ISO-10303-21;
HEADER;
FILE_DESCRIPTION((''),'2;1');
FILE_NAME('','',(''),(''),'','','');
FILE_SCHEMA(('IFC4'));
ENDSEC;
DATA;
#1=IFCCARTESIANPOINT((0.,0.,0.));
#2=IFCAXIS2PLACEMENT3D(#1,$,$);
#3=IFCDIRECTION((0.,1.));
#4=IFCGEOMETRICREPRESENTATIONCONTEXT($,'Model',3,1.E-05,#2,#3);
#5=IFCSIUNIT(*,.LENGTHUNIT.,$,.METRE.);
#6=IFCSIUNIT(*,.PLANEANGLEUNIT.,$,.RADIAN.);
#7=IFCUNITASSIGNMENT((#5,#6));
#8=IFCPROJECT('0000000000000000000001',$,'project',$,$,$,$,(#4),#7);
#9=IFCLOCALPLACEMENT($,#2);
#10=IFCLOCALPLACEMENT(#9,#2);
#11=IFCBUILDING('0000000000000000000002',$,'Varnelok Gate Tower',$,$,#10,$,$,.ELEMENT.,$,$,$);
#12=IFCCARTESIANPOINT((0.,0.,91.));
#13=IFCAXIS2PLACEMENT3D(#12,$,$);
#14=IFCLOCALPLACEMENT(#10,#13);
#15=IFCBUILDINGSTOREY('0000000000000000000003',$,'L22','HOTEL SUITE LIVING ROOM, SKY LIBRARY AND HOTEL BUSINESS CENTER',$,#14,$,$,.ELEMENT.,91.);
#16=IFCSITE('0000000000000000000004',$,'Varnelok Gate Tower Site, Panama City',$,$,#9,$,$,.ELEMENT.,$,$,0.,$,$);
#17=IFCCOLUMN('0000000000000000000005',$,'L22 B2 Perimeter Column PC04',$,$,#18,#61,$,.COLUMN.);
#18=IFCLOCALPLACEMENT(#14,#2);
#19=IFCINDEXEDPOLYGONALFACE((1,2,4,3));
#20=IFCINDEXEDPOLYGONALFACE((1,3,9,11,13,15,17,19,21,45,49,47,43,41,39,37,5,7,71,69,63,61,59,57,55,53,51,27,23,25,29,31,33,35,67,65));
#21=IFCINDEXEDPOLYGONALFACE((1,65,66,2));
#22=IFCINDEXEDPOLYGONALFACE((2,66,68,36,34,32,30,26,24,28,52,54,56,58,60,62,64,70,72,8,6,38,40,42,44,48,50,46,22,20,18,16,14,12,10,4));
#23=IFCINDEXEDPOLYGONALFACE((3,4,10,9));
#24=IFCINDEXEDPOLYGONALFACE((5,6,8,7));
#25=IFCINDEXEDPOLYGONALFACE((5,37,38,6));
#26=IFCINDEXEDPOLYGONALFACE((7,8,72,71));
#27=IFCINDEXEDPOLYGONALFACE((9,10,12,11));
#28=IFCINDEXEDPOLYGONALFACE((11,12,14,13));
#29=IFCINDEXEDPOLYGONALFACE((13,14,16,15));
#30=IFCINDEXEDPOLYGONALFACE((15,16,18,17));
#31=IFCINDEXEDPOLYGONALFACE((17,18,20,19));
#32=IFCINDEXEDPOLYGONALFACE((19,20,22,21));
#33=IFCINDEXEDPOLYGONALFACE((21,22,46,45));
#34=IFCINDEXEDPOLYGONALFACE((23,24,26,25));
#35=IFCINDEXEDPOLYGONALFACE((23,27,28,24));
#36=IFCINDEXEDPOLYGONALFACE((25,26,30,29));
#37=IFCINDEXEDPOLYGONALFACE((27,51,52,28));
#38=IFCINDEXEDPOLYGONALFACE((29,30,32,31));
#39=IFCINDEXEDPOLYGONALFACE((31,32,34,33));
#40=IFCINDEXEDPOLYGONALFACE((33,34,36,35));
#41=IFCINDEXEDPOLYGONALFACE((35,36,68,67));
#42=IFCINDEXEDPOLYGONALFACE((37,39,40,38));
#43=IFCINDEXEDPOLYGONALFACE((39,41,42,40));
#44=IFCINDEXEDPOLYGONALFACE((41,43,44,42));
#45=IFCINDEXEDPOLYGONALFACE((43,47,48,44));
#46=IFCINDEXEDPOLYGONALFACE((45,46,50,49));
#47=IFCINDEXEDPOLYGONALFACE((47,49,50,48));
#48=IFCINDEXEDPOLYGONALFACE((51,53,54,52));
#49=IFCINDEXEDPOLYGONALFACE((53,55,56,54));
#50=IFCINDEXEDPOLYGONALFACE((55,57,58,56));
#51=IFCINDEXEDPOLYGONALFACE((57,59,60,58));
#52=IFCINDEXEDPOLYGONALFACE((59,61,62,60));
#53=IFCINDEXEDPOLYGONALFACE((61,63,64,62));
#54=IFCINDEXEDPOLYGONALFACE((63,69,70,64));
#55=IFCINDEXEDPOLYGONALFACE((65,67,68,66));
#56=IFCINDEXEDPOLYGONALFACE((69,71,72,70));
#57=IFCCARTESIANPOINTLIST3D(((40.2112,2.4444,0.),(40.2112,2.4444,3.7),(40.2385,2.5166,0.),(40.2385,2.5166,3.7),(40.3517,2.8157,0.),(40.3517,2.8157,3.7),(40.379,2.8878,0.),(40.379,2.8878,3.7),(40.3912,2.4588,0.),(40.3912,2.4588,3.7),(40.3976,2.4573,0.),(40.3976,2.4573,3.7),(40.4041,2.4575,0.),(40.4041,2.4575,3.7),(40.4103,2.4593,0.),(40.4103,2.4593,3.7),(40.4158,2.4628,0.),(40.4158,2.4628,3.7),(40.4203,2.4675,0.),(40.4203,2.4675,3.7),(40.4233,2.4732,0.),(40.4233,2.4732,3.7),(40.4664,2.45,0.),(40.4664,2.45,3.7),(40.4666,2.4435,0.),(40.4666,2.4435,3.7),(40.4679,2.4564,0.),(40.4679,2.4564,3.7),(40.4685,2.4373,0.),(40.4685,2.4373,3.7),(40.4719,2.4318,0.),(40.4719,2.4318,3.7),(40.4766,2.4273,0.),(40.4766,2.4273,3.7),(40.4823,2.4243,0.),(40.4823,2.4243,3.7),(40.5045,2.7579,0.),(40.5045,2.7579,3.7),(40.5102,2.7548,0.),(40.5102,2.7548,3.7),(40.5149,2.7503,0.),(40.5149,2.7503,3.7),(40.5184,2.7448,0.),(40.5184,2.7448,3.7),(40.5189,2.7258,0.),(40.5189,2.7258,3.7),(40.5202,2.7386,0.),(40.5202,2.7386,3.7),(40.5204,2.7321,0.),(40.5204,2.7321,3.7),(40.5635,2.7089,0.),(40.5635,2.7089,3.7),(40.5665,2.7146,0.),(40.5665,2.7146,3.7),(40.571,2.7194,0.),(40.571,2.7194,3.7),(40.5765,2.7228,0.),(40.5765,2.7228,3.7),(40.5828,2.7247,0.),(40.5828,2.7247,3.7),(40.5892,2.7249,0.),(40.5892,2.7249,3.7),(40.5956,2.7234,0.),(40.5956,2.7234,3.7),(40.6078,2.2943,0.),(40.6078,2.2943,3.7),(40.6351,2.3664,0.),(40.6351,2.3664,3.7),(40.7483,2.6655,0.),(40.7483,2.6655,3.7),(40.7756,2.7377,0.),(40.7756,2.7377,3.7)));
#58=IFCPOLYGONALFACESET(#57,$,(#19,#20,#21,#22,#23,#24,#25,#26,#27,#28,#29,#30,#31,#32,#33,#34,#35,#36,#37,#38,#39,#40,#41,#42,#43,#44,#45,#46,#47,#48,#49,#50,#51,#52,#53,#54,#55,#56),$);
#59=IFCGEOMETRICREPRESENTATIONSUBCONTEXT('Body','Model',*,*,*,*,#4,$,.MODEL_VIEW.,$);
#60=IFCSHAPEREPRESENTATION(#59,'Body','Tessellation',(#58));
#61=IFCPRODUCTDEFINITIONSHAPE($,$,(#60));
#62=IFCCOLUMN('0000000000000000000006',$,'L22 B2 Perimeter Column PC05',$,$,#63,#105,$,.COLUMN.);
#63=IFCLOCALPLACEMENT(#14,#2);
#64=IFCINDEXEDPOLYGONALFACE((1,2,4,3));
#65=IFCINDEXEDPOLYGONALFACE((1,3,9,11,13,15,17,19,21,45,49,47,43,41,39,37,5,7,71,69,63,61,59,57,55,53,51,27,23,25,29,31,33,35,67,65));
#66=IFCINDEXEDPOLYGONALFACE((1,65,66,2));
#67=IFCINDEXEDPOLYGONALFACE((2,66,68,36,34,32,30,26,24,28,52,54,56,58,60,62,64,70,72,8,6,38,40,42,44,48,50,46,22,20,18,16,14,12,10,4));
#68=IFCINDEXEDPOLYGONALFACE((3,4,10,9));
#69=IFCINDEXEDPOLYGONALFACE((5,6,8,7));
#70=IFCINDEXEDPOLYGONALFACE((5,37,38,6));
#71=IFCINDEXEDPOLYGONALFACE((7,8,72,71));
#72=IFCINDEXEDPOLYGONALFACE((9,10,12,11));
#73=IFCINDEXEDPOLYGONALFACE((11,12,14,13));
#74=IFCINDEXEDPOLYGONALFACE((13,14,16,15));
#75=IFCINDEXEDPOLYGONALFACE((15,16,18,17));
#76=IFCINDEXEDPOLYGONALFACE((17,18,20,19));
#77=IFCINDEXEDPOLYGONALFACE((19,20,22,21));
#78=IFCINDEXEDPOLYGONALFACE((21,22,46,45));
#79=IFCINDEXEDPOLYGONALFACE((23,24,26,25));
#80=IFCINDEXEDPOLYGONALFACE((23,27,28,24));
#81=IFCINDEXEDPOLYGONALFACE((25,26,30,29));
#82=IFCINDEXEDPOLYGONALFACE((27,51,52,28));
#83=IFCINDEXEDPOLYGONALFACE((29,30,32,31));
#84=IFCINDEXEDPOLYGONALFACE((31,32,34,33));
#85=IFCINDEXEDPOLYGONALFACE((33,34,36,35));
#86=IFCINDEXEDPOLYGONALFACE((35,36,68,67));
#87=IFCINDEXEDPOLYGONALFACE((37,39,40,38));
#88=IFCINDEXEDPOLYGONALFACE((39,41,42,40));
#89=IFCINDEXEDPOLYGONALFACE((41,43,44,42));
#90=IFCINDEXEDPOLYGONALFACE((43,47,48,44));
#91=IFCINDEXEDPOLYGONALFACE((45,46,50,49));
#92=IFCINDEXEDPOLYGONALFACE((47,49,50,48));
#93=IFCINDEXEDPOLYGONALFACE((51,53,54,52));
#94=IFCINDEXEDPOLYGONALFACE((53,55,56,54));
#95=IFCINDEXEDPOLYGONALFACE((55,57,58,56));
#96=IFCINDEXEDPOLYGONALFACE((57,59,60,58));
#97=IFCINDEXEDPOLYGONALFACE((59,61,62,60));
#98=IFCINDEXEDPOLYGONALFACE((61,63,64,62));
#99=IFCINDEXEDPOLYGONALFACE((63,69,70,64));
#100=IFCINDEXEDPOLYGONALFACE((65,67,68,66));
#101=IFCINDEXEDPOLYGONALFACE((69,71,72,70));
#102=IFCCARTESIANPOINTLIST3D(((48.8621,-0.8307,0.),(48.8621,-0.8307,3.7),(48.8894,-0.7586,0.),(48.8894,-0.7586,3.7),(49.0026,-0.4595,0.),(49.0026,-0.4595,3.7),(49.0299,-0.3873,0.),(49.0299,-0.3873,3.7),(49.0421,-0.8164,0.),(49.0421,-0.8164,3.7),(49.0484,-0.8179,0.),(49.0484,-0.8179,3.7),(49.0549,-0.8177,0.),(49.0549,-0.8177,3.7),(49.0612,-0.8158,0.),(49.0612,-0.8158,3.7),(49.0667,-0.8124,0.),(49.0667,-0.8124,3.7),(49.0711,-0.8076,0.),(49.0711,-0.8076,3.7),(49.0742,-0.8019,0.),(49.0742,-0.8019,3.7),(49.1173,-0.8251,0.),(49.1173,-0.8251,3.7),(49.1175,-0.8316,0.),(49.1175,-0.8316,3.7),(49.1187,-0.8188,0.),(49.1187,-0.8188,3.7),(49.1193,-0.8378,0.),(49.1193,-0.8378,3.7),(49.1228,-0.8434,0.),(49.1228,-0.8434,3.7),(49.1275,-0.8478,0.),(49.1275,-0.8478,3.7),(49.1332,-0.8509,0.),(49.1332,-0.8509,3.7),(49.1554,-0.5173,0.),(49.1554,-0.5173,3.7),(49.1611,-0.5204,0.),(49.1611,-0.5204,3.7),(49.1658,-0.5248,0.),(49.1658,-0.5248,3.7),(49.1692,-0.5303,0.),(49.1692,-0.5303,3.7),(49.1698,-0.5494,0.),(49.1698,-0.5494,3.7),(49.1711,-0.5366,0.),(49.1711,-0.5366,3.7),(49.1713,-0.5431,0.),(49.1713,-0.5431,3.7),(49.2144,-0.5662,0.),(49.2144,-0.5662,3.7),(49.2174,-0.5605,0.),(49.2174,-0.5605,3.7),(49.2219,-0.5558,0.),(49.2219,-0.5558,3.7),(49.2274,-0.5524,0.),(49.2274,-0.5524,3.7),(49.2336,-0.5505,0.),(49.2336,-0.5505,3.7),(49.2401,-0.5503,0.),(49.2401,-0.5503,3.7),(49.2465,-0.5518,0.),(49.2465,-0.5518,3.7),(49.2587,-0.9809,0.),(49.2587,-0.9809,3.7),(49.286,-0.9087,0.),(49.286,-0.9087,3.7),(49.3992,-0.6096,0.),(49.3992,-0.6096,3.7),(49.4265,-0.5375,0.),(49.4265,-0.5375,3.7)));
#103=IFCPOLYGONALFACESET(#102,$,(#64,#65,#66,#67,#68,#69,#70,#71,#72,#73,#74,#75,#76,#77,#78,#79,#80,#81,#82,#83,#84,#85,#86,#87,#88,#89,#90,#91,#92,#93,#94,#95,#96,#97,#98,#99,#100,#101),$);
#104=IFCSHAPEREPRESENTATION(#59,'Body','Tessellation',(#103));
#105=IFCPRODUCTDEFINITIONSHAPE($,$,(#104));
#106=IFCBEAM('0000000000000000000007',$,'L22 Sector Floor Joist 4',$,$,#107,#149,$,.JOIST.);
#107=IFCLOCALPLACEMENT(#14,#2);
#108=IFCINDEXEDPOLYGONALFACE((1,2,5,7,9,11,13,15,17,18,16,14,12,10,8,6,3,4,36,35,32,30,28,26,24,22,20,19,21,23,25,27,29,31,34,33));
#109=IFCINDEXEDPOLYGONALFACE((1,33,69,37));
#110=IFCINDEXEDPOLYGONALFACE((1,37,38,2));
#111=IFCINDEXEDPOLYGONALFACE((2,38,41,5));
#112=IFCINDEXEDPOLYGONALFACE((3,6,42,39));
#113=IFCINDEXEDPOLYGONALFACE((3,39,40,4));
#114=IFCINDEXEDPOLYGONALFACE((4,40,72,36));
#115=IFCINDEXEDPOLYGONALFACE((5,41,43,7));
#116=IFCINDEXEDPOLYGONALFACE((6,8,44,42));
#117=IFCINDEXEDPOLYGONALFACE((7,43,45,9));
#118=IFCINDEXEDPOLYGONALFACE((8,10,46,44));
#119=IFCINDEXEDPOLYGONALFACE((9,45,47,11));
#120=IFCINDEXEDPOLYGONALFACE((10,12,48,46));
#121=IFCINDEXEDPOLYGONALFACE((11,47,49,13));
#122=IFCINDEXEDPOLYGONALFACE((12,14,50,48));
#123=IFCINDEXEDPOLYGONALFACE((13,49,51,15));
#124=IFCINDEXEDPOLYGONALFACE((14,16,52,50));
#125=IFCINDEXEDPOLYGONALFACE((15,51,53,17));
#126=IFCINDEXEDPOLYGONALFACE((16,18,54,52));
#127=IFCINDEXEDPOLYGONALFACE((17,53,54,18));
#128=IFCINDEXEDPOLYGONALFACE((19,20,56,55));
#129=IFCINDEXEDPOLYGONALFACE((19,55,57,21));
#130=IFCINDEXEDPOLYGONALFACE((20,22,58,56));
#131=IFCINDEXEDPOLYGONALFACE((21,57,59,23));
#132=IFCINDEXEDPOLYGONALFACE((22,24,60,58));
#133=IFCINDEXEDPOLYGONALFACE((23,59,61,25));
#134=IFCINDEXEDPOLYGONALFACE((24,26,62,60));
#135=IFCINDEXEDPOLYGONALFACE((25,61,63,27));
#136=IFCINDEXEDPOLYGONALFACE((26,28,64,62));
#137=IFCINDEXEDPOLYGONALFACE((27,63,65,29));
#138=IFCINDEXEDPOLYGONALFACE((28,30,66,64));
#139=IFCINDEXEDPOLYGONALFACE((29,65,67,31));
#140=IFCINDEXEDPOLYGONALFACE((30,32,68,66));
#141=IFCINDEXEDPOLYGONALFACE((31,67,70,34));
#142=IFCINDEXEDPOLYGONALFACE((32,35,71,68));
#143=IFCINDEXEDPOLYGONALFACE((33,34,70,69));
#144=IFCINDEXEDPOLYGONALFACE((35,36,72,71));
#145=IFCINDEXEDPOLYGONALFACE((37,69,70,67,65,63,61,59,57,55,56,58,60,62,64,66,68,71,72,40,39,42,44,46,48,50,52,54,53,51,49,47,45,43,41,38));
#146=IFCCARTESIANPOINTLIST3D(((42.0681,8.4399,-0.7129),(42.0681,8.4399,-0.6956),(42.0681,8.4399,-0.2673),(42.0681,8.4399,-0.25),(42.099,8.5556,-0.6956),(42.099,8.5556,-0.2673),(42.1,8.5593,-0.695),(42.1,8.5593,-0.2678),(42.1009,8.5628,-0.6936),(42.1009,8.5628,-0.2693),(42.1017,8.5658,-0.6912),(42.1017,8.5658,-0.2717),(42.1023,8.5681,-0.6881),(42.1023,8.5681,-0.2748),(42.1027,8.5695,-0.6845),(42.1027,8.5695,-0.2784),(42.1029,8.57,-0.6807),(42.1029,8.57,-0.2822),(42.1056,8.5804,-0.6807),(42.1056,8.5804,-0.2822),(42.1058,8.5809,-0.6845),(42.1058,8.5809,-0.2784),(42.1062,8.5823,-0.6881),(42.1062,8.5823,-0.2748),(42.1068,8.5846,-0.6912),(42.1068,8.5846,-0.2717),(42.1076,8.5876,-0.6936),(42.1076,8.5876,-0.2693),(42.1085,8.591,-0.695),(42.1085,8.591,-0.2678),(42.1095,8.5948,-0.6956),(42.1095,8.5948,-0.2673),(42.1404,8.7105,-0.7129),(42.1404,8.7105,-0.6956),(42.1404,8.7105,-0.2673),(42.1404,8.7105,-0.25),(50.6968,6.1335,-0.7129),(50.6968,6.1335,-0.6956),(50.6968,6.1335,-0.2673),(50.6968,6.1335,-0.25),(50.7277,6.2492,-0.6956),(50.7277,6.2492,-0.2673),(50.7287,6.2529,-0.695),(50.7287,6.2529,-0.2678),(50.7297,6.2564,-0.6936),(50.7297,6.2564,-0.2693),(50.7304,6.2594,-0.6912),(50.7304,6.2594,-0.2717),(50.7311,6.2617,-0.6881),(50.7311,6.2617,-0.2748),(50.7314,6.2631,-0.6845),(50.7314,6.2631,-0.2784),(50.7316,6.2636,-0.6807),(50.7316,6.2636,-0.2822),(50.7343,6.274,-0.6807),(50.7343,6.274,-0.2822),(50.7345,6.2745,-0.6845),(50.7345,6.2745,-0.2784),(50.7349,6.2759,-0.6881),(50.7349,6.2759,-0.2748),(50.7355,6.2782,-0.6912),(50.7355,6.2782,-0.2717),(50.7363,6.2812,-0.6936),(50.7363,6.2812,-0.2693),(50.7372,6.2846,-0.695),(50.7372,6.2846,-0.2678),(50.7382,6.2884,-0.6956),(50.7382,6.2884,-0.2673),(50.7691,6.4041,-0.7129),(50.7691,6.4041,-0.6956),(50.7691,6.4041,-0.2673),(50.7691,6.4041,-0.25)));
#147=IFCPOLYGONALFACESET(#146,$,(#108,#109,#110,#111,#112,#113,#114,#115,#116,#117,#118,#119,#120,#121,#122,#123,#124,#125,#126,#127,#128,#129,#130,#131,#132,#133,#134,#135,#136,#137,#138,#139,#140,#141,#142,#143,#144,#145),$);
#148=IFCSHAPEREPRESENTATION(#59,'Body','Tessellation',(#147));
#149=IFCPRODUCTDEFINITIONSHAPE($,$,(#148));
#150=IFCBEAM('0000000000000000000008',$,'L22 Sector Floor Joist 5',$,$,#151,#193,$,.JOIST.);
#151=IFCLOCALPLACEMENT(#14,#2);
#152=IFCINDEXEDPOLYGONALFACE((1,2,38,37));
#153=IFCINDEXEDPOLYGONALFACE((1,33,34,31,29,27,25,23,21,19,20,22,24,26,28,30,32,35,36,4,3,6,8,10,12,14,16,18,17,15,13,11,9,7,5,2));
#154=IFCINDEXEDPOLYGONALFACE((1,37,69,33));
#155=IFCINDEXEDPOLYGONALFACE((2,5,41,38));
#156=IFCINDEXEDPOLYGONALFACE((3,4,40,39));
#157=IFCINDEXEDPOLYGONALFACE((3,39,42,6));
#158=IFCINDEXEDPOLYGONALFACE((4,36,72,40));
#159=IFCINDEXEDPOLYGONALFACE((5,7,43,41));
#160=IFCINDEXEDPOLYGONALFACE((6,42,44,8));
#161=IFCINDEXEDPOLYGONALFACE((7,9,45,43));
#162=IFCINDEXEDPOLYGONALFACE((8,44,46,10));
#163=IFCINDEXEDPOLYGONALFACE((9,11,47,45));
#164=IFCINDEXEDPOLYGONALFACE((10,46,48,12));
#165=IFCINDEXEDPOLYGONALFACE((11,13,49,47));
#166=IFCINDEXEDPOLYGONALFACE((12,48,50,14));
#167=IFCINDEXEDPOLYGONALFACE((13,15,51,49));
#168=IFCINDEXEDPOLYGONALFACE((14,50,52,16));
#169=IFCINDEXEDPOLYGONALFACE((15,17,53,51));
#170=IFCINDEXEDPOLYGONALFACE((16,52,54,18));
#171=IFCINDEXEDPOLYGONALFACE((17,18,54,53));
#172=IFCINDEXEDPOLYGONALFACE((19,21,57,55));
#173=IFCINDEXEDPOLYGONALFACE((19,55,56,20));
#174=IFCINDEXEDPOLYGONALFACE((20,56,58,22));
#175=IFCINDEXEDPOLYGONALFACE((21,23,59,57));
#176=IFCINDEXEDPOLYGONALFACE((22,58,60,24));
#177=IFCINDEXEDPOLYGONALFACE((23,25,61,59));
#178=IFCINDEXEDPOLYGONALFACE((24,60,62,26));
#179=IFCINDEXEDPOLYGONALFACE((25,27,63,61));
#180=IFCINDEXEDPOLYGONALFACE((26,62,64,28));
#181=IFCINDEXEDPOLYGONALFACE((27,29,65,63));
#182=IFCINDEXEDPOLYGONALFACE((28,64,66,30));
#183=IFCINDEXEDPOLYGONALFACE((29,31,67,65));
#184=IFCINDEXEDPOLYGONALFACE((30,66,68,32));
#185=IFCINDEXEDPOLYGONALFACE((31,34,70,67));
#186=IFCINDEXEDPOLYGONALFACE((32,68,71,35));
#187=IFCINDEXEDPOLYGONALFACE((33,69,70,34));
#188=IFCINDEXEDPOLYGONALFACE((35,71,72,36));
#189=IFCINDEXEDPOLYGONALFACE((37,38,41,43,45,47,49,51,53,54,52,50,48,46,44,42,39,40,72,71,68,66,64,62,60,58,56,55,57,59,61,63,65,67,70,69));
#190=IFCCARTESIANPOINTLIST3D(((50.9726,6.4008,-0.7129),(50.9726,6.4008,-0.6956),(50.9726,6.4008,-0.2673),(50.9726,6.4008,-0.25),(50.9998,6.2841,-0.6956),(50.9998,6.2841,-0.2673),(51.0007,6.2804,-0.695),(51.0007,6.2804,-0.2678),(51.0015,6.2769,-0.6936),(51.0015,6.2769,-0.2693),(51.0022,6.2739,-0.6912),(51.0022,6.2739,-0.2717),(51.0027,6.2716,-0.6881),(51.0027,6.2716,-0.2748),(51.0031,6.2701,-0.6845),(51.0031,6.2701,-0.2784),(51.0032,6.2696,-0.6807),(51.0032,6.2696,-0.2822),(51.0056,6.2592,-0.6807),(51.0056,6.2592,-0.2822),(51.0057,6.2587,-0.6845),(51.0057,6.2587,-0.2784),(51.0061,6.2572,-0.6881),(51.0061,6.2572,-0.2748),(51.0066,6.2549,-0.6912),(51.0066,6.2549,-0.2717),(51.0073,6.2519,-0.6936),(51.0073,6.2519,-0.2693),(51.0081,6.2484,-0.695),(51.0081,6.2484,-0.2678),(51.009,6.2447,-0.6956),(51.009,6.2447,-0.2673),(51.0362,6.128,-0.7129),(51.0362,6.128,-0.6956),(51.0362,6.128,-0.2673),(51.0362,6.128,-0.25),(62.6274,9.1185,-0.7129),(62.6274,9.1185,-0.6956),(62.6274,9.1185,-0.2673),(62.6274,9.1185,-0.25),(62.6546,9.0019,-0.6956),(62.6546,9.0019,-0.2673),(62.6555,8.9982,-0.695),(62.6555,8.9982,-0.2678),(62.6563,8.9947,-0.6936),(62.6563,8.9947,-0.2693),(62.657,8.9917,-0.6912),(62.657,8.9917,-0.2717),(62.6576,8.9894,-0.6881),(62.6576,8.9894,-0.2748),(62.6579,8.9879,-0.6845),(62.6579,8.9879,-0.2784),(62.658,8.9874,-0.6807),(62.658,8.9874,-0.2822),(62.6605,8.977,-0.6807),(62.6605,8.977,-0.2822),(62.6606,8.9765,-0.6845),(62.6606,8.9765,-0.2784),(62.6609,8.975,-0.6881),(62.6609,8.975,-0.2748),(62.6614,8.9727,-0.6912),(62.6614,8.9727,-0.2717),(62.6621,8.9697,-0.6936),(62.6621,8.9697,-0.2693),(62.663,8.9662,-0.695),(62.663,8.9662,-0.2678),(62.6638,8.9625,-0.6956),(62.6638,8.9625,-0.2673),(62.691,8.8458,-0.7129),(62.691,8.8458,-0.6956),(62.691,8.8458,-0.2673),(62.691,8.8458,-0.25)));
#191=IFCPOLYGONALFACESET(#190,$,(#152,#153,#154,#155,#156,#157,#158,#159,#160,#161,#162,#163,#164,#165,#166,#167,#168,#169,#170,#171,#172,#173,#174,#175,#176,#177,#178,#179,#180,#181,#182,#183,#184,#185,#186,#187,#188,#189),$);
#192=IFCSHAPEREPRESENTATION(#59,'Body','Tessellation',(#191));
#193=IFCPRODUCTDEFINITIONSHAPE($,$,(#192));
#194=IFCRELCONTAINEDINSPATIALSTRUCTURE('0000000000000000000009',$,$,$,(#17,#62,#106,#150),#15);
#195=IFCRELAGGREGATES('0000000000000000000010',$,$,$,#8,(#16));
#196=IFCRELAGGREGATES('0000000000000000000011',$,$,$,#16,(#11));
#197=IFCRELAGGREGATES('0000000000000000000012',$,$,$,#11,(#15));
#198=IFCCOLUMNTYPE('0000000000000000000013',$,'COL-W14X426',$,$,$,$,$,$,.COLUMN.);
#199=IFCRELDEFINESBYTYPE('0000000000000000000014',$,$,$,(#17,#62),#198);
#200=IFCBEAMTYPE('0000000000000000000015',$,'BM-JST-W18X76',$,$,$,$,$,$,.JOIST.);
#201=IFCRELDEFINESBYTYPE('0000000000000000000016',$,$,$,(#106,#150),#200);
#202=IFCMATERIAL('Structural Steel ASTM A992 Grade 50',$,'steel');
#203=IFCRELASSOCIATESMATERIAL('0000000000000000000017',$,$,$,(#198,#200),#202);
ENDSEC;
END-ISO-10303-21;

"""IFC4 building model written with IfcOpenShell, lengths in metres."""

from ifc_helpers import new_model, si_unit, direction, frame, origin, origin_2d, place, context, subcontext, project, spatial, i_section, extrude, material, material_profile, profile_set, type_object, element, save


model = new_model("IFC4")

# Units and contexts
model_context = context("Model", 3, precision=1e-05, world=origin(), true_north=direction((0.0, 1.0)))
body_context = subcontext(model_context, "Body", "Model", "MODEL_VIEW")
ifc_project = project(units=[si_unit("LENGTHUNIT", "METRE"), si_unit("PLANEANGLEUNIT", "RADIAN")], contexts=[model_context])

# Site, building, storey
site_placement = place(None, origin())
site = spatial("IfcSite", under=ifc_project, at=site_placement, Name="Varnelok Gate Tower Site, Panama City", CompositionType="ELEMENT", RefElevation=0.0)
building_placement = place(site_placement, origin())
building = spatial("IfcBuilding", under=site, at=building_placement, Name="Varnelok Gate Tower", CompositionType="ELEMENT")
storey_placement = place(building_placement, frame((0.0, 0.0, 91.0)))
storey = spatial("IfcBuildingStorey", under=building, at=storey_placement, Name="L22", Description="HOTEL SUITE LIVING ROOM, SKY LIBRARY AND HOTEL BUSINESS CENTER", CompositionType="ELEMENT", Elevation=91.0)

# Columns
ifc_material_1 = material(Name="Structural Steel ASTM A992 Grade 50", Category="steel")
ifc_material_profile_1 = material_profile(ifc_material_1, i_section(OverallWidth=0.4241, OverallDepth=0.4741, WebThickness=0.0476, FlangeThickness=0.0771, FilletRadius=0.0249, at=origin_2d()), Name="W14X426")
ifc_profile_set_1 = profile_set([ifc_material_profile_1], Name="Structural Steel ASTM A992 Grade 50")
column_type = type_object("IfcColumnType", Name="COL-W14X426", PredefinedType="COLUMN", material=ifc_profile_set_1)
for number, where, z_axis, x_axis, name in (
    (1, (40.4934, 2.5911, 0.0), (0.0, 0.0, 1.0), (0.935222, -0.354063, 0.0), "L22 B2 Perimeter Column PC04"),
    (2, (49.1443, -0.6841, 0.0), (0.0, 0.0, 1.0), (0.935222, -0.354063, 0.0), "L22 B2 Perimeter Column PC05"),
):
    element("IfcColumn", number, at=place(storey_placement, frame(where, z_axis=z_axis, x_axis=x_axis)), inside=storey, type_object=column_type, Name=name, PredefinedType="COLUMN", context=body_context, shape_type="SweptSolid", body=[
        extrude(i_section(OverallWidth=0.4241, OverallDepth=0.4741, WebThickness=0.0476, FlangeThickness=0.0771, FilletRadius=0.0249, at=origin_2d()), origin(), (0.0, 0.0, 1.0), 3.7),
    ])

# Beams
ifc_material_profile_2 = material_profile(ifc_material_1, i_section(OverallWidth=0.28, OverallDepth=0.4629, WebThickness=0.0107, FlangeThickness=0.0173, FilletRadius=0.0149, at=origin_2d()), Name="W18X76")
ifc_profile_set_2 = profile_set([ifc_material_profile_2], Name="Structural Steel ASTM A992 Grade 50")
beam_type_1 = type_object("IfcBeamType", Name="BM-JST-W18X76", PredefinedType="JOIST", material=ifc_profile_set_2)
beam_1_placement = place(storey_placement, frame((42.1042, 8.5752, -0.4814), z_axis=(0.966084, -0.258229, 0.0), x_axis=(0.258229, 0.966084, 0.0)))
element("IfcBeam", 3, at=beam_1_placement, inside=storey, type_object=beam_type_1, Name="L22 Sector Floor Joist 4", PredefinedType="JOIST", context=body_context, shape_type="SweptSolid", body=[
    extrude(i_section(OverallWidth=0.28, OverallDepth=0.4629, WebThickness=0.0107, FlangeThickness=0.0173, FilletRadius=0.0149, at=origin_2d()), origin(), (0.0, 0.0, 1.0), 8.9316),
])
beam_2_placement = place(storey_placement, frame((51.0044, 6.2644, -0.4814), z_axis=(0.973872, 0.227097, 0.0), x_axis=(-0.227097, 0.973872, 0.0)))
element("IfcBeam", 4, at=beam_2_placement, inside=storey, type_object=beam_type_1, Name="L22 Sector Floor Joist 5", PredefinedType="JOIST", context=body_context, shape_type="SweptSolid", body=[
    extrude(i_section(OverallWidth=0.28, OverallDepth=0.4629, WebThickness=0.0107, FlangeThickness=0.0173, FilletRadius=0.0149, at=origin_2d()), origin(), (0.0, 0.0, 1.0), 11.9675),
])

save(model, "model.ifc")
